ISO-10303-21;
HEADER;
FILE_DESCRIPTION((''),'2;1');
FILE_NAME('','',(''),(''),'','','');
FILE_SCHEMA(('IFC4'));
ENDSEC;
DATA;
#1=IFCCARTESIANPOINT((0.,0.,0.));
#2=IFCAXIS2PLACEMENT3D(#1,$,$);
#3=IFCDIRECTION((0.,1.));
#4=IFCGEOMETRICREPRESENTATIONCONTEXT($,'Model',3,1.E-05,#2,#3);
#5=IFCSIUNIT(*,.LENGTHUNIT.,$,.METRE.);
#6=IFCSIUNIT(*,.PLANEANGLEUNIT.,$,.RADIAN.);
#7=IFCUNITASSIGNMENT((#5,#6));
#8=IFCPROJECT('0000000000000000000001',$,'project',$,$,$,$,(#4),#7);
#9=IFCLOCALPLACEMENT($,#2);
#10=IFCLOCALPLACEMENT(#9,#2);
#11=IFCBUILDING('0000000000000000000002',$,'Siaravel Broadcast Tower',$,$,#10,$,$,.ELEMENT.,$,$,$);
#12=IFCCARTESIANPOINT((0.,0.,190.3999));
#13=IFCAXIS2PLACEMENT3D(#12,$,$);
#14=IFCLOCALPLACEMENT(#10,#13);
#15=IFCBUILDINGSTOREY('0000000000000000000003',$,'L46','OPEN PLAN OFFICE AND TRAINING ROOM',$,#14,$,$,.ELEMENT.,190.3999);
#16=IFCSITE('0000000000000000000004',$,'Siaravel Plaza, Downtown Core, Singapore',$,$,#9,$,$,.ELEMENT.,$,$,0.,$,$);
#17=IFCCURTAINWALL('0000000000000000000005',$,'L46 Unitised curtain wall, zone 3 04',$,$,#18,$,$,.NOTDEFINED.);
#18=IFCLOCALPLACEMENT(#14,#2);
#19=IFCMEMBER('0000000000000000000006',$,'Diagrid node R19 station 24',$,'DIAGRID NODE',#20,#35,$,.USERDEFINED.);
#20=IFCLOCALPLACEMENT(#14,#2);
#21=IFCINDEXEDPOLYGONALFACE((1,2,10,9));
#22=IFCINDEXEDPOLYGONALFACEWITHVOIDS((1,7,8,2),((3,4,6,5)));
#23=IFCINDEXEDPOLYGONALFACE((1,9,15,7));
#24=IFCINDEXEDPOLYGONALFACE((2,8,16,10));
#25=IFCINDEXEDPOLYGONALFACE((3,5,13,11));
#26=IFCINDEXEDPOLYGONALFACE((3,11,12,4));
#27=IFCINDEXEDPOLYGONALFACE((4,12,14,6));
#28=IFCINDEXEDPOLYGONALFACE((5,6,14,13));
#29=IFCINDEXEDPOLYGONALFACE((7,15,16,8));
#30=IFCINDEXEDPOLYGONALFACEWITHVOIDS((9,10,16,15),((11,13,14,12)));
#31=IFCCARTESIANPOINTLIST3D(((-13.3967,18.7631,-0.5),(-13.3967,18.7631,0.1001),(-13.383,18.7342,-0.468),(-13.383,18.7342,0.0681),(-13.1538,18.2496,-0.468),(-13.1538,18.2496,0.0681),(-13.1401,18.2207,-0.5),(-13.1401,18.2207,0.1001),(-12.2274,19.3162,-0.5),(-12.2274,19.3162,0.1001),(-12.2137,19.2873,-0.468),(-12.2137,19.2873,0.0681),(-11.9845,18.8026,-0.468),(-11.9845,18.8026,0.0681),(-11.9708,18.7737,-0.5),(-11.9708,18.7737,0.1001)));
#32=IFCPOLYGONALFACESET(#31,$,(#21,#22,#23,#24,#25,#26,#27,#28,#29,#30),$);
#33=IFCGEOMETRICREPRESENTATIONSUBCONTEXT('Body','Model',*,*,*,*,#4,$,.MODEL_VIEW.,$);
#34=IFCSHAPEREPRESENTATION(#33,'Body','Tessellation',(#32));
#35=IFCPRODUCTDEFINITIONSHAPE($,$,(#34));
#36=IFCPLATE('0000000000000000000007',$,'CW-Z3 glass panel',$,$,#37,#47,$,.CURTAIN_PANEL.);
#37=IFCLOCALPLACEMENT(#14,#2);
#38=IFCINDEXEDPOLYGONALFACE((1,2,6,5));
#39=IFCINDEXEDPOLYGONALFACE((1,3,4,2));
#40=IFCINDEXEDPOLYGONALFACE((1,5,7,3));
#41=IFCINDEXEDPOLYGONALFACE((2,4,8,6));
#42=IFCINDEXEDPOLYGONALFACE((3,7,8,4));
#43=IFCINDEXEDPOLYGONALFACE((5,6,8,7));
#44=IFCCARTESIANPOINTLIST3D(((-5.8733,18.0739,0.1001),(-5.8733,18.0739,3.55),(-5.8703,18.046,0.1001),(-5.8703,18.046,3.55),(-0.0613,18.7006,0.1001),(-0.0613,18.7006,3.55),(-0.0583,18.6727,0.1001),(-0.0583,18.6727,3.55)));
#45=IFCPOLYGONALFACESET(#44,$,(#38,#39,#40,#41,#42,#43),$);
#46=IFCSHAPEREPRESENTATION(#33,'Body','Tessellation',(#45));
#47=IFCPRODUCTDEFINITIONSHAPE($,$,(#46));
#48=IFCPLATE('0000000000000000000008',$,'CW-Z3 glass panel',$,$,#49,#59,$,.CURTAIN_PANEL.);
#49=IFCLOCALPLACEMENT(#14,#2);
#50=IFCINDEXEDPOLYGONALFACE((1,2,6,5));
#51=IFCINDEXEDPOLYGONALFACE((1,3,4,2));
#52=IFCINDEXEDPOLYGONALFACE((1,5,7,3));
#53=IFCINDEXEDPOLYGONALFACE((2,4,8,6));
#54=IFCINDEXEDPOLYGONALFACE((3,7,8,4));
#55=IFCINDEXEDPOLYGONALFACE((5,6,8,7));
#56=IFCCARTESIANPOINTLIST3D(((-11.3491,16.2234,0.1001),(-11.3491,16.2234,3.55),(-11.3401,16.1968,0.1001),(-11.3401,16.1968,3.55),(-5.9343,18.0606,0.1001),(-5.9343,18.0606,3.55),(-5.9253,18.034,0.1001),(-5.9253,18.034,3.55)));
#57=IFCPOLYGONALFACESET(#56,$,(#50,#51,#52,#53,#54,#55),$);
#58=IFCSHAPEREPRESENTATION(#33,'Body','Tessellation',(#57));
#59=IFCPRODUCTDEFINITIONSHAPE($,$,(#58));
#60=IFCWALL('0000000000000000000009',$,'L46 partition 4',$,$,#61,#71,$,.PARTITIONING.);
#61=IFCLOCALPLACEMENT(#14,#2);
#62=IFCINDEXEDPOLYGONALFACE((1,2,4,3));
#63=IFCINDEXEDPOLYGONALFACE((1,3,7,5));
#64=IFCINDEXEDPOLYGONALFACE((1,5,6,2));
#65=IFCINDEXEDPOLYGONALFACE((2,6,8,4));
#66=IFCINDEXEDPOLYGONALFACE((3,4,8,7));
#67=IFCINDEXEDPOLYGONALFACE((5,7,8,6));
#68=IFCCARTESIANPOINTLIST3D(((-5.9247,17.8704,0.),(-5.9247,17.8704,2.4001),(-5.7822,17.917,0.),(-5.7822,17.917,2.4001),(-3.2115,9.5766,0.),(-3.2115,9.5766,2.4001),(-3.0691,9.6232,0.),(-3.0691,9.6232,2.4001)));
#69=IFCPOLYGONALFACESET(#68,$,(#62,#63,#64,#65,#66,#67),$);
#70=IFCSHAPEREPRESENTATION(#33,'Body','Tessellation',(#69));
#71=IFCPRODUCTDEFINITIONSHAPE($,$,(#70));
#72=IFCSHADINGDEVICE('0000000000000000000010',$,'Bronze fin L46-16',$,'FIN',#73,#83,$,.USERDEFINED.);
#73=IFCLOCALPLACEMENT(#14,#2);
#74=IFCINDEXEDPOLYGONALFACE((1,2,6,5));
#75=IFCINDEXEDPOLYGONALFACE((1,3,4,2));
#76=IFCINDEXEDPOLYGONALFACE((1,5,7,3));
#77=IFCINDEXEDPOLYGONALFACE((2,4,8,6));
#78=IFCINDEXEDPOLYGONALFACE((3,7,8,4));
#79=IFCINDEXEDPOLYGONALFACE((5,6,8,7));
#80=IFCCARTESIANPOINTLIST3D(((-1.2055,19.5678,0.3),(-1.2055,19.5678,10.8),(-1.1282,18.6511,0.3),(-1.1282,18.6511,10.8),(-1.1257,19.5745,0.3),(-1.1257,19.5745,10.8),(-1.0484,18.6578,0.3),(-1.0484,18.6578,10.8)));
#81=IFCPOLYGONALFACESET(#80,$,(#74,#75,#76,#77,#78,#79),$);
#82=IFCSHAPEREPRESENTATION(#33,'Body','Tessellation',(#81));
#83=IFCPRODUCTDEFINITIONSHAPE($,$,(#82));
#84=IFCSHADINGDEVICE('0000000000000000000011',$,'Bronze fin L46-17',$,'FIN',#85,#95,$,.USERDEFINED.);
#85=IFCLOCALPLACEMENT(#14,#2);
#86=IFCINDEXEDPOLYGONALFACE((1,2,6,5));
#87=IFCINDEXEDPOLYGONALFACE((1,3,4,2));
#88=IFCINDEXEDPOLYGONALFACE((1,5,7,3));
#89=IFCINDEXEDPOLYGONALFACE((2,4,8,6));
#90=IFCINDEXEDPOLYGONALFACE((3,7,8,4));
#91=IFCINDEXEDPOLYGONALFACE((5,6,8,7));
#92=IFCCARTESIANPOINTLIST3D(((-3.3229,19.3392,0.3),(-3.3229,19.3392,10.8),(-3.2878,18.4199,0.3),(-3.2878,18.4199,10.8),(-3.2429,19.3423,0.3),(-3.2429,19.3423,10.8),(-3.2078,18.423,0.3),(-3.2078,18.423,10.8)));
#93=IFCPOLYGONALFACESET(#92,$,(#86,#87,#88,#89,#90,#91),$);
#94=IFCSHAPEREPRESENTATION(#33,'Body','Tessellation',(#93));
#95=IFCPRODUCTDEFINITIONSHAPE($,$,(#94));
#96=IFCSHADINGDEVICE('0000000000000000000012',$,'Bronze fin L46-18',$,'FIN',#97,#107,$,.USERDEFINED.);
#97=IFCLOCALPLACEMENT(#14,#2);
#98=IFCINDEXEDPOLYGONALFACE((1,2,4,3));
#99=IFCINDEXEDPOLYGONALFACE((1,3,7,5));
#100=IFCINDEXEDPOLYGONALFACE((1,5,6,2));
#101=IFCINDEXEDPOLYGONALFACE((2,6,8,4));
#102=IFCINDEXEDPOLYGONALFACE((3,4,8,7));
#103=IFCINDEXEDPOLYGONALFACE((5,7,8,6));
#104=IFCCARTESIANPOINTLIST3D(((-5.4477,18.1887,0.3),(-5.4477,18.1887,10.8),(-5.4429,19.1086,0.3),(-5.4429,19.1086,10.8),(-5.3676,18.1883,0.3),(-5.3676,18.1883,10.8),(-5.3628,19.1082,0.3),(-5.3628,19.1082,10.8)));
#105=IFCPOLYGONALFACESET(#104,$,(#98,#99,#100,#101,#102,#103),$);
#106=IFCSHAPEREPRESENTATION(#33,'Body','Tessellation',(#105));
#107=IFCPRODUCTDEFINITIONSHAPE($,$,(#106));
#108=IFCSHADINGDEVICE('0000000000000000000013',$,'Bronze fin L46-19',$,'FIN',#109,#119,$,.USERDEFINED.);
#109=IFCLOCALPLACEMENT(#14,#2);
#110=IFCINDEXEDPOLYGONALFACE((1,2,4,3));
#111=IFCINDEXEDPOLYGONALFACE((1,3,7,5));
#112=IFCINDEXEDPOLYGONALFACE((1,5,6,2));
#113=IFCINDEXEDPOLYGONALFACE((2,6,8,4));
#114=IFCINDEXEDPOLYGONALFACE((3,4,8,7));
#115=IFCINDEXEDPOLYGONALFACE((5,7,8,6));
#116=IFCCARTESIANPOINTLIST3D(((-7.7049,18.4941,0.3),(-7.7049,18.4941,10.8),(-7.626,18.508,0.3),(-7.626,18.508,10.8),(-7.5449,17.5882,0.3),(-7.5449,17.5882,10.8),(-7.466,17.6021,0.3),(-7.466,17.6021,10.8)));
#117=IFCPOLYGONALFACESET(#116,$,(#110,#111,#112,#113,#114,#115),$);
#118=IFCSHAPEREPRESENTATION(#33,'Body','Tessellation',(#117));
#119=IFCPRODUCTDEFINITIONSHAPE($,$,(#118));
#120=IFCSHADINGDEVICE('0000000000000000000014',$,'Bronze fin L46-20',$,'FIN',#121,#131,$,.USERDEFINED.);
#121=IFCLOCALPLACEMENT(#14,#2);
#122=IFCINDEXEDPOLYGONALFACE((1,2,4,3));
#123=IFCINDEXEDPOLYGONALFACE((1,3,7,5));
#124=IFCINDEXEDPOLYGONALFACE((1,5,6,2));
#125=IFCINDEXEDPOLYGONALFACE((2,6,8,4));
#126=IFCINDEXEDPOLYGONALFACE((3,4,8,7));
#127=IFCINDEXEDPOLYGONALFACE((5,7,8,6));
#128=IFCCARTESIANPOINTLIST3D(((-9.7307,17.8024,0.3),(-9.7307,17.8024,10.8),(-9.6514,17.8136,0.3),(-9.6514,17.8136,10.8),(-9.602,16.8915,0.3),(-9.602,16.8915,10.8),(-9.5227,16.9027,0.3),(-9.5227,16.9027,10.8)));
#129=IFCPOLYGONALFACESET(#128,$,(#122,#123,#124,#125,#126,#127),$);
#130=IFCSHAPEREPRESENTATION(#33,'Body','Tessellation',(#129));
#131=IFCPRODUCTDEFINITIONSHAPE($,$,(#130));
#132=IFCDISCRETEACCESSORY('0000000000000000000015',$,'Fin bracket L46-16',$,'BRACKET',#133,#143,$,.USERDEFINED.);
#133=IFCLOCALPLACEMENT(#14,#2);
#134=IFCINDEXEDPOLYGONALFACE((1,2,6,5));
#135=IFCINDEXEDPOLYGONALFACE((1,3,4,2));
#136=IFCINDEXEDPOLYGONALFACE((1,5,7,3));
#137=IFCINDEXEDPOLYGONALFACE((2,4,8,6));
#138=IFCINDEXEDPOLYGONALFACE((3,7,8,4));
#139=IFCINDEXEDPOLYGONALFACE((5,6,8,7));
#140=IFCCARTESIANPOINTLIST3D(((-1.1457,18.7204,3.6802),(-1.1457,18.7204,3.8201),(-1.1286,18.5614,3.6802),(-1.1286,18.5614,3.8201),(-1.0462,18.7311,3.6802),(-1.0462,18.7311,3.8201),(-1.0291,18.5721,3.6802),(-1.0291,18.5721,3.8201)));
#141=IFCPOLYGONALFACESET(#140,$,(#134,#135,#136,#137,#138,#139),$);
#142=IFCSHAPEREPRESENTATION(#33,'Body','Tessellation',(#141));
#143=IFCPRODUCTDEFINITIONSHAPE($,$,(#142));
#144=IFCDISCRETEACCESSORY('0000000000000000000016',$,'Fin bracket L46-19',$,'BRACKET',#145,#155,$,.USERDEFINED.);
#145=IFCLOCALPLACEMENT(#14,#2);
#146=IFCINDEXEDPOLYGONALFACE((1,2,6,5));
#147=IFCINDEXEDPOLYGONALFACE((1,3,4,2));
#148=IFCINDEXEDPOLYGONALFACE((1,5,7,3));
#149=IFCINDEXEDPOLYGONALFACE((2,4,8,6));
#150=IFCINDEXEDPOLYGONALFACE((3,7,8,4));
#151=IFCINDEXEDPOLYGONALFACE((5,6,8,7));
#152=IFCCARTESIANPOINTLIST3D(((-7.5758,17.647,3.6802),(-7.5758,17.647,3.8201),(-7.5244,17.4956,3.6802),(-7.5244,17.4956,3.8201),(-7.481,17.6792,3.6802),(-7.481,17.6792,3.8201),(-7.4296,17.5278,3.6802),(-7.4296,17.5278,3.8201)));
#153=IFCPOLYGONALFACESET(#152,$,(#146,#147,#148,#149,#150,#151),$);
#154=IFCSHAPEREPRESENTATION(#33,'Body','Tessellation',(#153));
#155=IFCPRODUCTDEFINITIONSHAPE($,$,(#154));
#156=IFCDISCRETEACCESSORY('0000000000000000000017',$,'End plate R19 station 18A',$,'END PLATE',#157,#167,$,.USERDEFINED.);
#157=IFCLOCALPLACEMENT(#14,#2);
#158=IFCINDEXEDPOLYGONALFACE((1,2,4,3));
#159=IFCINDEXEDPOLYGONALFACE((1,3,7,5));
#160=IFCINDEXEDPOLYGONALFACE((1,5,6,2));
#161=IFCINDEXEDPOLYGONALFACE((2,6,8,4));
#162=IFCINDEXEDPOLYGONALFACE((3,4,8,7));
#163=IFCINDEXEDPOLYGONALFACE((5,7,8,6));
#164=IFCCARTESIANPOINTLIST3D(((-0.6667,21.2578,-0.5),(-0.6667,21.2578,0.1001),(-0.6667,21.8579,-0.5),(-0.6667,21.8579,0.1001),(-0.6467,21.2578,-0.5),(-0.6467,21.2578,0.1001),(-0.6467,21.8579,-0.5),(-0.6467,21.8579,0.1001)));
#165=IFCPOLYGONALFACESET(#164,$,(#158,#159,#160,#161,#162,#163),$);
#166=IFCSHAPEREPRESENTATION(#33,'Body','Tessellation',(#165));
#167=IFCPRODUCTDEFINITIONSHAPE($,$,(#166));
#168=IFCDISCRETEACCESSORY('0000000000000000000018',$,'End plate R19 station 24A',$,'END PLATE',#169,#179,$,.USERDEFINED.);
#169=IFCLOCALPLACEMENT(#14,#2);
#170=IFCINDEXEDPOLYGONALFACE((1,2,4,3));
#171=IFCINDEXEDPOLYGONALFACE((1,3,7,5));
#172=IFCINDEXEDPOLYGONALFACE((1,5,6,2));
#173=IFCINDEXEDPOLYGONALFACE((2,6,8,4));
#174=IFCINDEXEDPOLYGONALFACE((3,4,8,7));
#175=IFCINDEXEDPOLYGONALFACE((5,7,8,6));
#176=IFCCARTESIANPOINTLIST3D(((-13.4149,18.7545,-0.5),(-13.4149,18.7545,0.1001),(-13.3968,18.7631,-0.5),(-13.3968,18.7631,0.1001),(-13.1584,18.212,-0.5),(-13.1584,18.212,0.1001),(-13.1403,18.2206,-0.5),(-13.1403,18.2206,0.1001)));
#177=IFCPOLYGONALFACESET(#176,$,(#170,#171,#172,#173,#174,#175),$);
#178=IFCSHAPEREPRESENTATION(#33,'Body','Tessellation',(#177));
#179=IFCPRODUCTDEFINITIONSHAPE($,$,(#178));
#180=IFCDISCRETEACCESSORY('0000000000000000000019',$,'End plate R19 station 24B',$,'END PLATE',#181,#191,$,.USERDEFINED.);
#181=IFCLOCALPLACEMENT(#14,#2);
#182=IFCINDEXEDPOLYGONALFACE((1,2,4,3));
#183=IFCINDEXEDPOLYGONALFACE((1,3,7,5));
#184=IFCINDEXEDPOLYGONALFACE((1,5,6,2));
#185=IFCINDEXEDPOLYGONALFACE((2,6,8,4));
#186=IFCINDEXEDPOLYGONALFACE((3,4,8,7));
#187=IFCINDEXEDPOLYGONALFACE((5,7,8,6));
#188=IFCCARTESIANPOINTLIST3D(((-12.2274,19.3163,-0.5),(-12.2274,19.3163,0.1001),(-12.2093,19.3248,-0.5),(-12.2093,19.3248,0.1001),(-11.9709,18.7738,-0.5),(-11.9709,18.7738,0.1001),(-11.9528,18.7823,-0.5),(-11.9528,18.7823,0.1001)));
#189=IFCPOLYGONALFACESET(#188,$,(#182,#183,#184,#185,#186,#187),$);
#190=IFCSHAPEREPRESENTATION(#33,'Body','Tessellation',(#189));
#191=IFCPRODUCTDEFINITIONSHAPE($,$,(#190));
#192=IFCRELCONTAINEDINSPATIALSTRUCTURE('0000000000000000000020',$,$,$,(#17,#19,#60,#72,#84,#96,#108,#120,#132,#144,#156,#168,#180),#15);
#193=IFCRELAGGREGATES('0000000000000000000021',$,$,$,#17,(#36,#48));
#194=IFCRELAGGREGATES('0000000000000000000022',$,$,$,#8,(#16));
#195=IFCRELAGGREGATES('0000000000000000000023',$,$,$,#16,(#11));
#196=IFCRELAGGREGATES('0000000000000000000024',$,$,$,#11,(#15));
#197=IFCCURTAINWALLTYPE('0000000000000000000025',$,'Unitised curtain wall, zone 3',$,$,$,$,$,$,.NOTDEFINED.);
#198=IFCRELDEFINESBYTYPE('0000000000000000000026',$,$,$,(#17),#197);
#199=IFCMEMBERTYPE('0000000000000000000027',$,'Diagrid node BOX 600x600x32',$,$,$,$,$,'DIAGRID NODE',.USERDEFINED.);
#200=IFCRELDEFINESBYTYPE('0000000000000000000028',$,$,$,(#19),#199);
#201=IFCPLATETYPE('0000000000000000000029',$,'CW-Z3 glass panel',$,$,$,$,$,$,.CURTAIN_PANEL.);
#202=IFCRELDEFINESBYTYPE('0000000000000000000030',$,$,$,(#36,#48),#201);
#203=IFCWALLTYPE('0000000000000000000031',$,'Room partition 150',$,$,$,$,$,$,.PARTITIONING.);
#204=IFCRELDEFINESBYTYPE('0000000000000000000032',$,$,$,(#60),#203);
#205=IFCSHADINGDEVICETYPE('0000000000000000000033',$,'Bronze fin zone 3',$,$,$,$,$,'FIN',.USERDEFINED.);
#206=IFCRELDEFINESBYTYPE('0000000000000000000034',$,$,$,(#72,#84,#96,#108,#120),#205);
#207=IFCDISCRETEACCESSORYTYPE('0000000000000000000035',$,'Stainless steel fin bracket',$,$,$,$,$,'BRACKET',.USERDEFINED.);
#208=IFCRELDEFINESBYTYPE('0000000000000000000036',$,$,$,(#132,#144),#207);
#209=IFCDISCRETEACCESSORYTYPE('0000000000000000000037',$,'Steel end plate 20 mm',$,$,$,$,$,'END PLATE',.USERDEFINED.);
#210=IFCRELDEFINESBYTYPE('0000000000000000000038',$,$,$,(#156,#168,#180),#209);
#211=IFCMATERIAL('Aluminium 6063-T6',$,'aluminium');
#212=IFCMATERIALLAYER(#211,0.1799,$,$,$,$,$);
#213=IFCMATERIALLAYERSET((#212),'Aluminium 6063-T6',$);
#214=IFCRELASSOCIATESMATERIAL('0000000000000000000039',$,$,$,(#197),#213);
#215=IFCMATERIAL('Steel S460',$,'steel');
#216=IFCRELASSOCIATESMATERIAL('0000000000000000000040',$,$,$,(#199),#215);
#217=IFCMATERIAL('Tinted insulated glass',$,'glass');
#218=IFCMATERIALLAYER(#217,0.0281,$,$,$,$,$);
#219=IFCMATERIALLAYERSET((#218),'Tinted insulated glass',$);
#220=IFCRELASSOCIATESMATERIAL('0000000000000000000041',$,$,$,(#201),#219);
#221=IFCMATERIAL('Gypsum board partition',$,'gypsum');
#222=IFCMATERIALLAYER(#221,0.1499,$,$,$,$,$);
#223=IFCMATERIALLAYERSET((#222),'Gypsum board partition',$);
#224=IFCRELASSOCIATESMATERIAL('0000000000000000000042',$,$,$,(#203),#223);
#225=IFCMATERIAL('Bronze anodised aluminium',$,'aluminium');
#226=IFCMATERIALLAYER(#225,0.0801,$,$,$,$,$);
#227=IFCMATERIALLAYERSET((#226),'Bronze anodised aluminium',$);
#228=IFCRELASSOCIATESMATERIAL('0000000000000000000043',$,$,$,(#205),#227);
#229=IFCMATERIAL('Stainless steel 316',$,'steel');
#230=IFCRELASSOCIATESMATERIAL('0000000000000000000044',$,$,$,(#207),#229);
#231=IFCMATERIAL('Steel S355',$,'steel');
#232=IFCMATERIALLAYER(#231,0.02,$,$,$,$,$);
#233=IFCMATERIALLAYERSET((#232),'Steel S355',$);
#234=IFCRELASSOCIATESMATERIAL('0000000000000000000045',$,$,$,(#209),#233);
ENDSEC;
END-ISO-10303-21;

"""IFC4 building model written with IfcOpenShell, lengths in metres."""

from ifc_helpers import new_model, si_unit, direction, frame, frame_2d, origin, origin_2d, place, context, subcontext, project, spatial, rectangle, hollow_rectangle, extrude, material, layer, layer_set, material_profile, profile_set, type_object, element, aggregate, save


model = new_model("IFC4")

# Units and contexts
model_context = context("Model", 3, precision=1e-05, world=origin(), true_north=direction((0.0, 1.0)))
body_context = subcontext(model_context, "Body", "Model", "MODEL_VIEW")
ifc_project = project(units=[si_unit("LENGTHUNIT", "METRE"), si_unit("PLANEANGLEUNIT", "RADIAN")], contexts=[model_context])

# Site, building, storey
site_placement = place(None, origin())
site = spatial("IfcSite", under=ifc_project, at=site_placement, Name="Siaravel Plaza, Downtown Core, Singapore", CompositionType="ELEMENT", RefElevation=0.0)
building_placement = place(site_placement, origin())
building = spatial("IfcBuilding", under=site, at=building_placement, Name="Siaravel Broadcast Tower", CompositionType="ELEMENT")
storey_placement = place(building_placement, frame((0.0, 0.0, 190.3999)))
storey = spatial("IfcBuildingStorey", under=building, at=storey_placement, Name="L46", Description="OPEN PLAN OFFICE AND TRAINING ROOM", CompositionType="ELEMENT", Elevation=190.3999)

# Shared definitions
ifc_material_1 = material(Name="Steel S355", Category="steel")

# Curtain wall
ifc_material_2 = material(Name="Aluminium 6063-T6", Category="aluminium")
ifc_layer_1 = layer(ifc_material_2, 0.1799)
ifc_layer_set_1 = layer_set([ifc_layer_1], Name="Aluminium 6063-T6")
curtain_wall_type = type_object("IfcCurtainWallType", Name="Unitised curtain wall, zone 3", PredefinedType="NOTDEFINED", material=ifc_layer_set_1)
curtain_wall_placement = place(storey_placement, origin())
curtain_wall = element("IfcCurtainWall", 1, at=curtain_wall_placement, inside=storey, type_object=curtain_wall_type, Name="L46 Unitised curtain wall, zone 3 04", PredefinedType="NOTDEFINED")

# Member
ifc_material_3 = material(Name="Steel S460", Category="steel")
ifc_material_profile_1 = material_profile(ifc_material_3, hollow_rectangle(XDim=0.6001, YDim=0.6001, WallThickness=0.032, at=origin_2d()))
ifc_profile_set_1 = profile_set([ifc_material_profile_1], Name="Steel S460")
member_type_1 = type_object("IfcMemberType", Name="Diagrid node BOX 600x600x32", ElementType="DIAGRID NODE", PredefinedType="USERDEFINED", material=ifc_profile_set_1)
member_1_placement = place(storey_placement, frame((-12.0991, 19.0449, -0.2), z_axis=(-0.903991, -0.427551, 0.0), x_axis=(0.427551, -0.903991, 0.0)))
element("IfcMember", 2, at=member_1_placement, inside=storey, type_object=member_type_1, Name="Diagrid node R19 station 24", ObjectType="DIAGRID NODE", PredefinedType="USERDEFINED", context=body_context, shape_type="SweptSolid", body=[
    extrude(hollow_rectangle(XDim=0.6001, YDim=0.6001, WallThickness=0.032, at=origin_2d()), origin(), (0.0, 0.0, 1.0), 1.2935),
])

# Plates
ifc_material_4 = material(Name="Tinted insulated glass", Category="glass")
ifc_layer_2 = layer(ifc_material_4, 0.0281)
ifc_layer_set_2 = layer_set([ifc_layer_2], Name="Tinted insulated glass")
plate_type = type_object("IfcPlateType", Name="CW-Z3 glass panel", PredefinedType="CURTAIN_PANEL", material=ifc_layer_set_2)
plate_1_placement = place(storey_placement, frame((-2.9658, 18.3733, 0.1001), z_axis=(0.0, 0.0, 1.0), x_axis=(-0.994236, -0.107217, 0.0)))
plate_1 = element("IfcPlate", 3, at=plate_1_placement, type_object=plate_type, Name="CW-Z3 glass panel", PredefinedType="CURTAIN_PANEL", context=body_context, shape_type="SweptSolid", body=[
    extrude(rectangle(XDim=5.8457, YDim=0.0281, at=origin_2d()), origin(), (0.0, 0.0, 1.0), 3.45),
])
plate_2_placement = place(storey_placement, frame((-8.6372, 17.1287, 0.1001), z_axis=(0.0, 0.0, 1.0), x_axis=(-0.946977, -0.3213, 0.0)))
plate_2 = element("IfcPlate", 4, at=plate_2_placement, type_object=plate_type, Name="CW-Z3 glass panel", PredefinedType="CURTAIN_PANEL", context=body_context, shape_type="SweptSolid", body=[
    extrude(rectangle(XDim=5.718, YDim=0.0281, at=origin_2d()), origin(), (0.0, 0.0, 1.0), 3.45),
])
aggregate(curtain_wall, [plate_1, plate_2])

# Wall
ifc_material_5 = material(Name="Gypsum board partition", Category="gypsum")
ifc_layer_3 = layer(ifc_material_5, 0.1499)
ifc_layer_set_3 = layer_set([ifc_layer_3], Name="Gypsum board partition")
wall_type = type_object("IfcWallType", Name="Room partition 150", PredefinedType="PARTITIONING", material=ifc_layer_set_3)
wall_placement = place(storey_placement, frame((-5.8535, 17.8938, 0.0), z_axis=(0.0, 0.0, 1.0), x_axis=(0.310918, -0.950437, 0.0)))
element("IfcWall", 5, at=wall_placement, inside=storey, type_object=wall_type, Name="L46 partition 4", PredefinedType="PARTITIONING", context=body_context, shape_type="SweptSolid", body=[
    extrude(rectangle(XDim=8.7263, YDim=0.1499, at=frame_2d((4.3633, 0.0))), origin(), (0.0, 0.0, 1.0), 2.4001),
])

# Shading devices
ifc_material_6 = material(Name="Bronze anodised aluminium", Category="aluminium")
ifc_layer_4 = layer(ifc_material_6, 0.0801)
ifc_layer_set_4 = layer_set([ifc_layer_4], Name="Bronze anodised aluminium")
shading_device_type = type_object("IfcShadingDeviceType", Name="Bronze fin zone 3", ElementType="FIN", PredefinedType="USERDEFINED", material=ifc_layer_set_4)
for number, where, z_axis, x_axis, name in (
    (6, (-1.127, 19.1128, 0.3), (0.0, 0.0, 1.0), (-0.084107, 0.996457, 0.0), "Bronze fin L46-16"),
    (7, (-3.2654, 18.8811, 0.3), (0.0, 0.0, 1.0), (-0.03817, 0.999271, 0.0), "Bronze fin L46-17"),
    (8, (-5.4053, 18.6484, 0.3), (0.0, 0.0, 1.0), (0.005198, 0.999986, 0.0), "Bronze fin L46-18"),
    (9, (-7.5854, 18.0481, 0.3), (0.0, 0.0, 1.0), (-0.173939, 0.984756, 0.0), "Bronze fin L46-19"),
    (10, (-9.6267, 17.3525, 0.3), (0.0, 0.0, 1.0), (-0.139963, 0.990157, 0.0), "Bronze fin L46-20"),
):
    element("IfcShadingDevice", number, at=place(storey_placement, frame(where, z_axis=z_axis, x_axis=x_axis)), inside=storey, type_object=shading_device_type, Name=name, ObjectType="FIN", PredefinedType="USERDEFINED", context=body_context, shape_type="SweptSolid", body=[
        extrude(rectangle(XDim=0.9199, YDim=0.0801, at=origin_2d()), origin(), (0.0, 0.0, 1.0), 10.5),
    ])

# Discrete accessories
ifc_material_7 = material(Name="Stainless steel 316", Category="steel")
discrete_accessory_type_1 = type_object("IfcDiscreteAccessoryType", Name="Stainless steel fin bracket", ElementType="BRACKET", PredefinedType="USERDEFINED", material=ifc_material_7)
for number, where, z_axis, x_axis, name in (
    (11, (-1.0874, 18.6462, 3.6802), (0.0, 0.0, 1.0), (-0.107217, 0.994236, 0.0), "Fin bracket L46-16"),
    (12, (-7.5027, 17.5874, 3.6802), (0.0, 0.0, 1.0), (-0.321301, 0.946977, 0.0), "Fin bracket L46-19"),
):
    element("IfcDiscreteAccessory", number, at=place(storey_placement, frame(where, z_axis=z_axis, x_axis=x_axis)), inside=storey, type_object=discrete_accessory_type_1, Name=name, ObjectType="BRACKET", PredefinedType="USERDEFINED", context=body_context, shape_type="SweptSolid", body=[
        extrude(rectangle(XDim=0.1599, YDim=0.1001, at=origin_2d()), origin(), (0.0, 0.0, 1.0), 0.1399),
    ])
ifc_layer_5 = layer(ifc_material_1, 0.02)
ifc_layer_set_5 = layer_set([ifc_layer_5], Name="Steel S355")
discrete_accessory_type_2 = type_object("IfcDiscreteAccessoryType", Name="Steel end plate 20 mm", ElementType="END PLATE", PredefinedType="USERDEFINED", material=ifc_layer_set_5)
for number, where, z_axis, x_axis, name in (
    (13, (-0.6567, 21.5579, -0.5), (0.0, 0.0, 1.0), (-1.0, 0.0, 0.0), "End plate R19 station 18A"),
    (14, (-13.2776, 18.4875, -0.5), (0.0, 0.0, 1.0), (-0.904007, -0.427517, 0.0), "End plate R19 station 24A"),
    (15, (-12.0901, 19.0493, -0.5), (0.0, 0.0, 1.0), (-0.904007, -0.427517, 0.0), "End plate R19 station 24B"),
):
    element("IfcDiscreteAccessory", number, at=place(storey_placement, frame(where, z_axis=z_axis, x_axis=x_axis)), inside=storey, type_object=discrete_accessory_type_2, Name=name, ObjectType="END PLATE", PredefinedType="USERDEFINED", context=body_context, shape_type="SweptSolid", body=[
        extrude(rectangle(XDim=0.02, YDim=0.6001, at=origin_2d()), origin(), (0.0, 0.0, 1.0), 0.6001),
    ])

save(model, "model.ifc")
